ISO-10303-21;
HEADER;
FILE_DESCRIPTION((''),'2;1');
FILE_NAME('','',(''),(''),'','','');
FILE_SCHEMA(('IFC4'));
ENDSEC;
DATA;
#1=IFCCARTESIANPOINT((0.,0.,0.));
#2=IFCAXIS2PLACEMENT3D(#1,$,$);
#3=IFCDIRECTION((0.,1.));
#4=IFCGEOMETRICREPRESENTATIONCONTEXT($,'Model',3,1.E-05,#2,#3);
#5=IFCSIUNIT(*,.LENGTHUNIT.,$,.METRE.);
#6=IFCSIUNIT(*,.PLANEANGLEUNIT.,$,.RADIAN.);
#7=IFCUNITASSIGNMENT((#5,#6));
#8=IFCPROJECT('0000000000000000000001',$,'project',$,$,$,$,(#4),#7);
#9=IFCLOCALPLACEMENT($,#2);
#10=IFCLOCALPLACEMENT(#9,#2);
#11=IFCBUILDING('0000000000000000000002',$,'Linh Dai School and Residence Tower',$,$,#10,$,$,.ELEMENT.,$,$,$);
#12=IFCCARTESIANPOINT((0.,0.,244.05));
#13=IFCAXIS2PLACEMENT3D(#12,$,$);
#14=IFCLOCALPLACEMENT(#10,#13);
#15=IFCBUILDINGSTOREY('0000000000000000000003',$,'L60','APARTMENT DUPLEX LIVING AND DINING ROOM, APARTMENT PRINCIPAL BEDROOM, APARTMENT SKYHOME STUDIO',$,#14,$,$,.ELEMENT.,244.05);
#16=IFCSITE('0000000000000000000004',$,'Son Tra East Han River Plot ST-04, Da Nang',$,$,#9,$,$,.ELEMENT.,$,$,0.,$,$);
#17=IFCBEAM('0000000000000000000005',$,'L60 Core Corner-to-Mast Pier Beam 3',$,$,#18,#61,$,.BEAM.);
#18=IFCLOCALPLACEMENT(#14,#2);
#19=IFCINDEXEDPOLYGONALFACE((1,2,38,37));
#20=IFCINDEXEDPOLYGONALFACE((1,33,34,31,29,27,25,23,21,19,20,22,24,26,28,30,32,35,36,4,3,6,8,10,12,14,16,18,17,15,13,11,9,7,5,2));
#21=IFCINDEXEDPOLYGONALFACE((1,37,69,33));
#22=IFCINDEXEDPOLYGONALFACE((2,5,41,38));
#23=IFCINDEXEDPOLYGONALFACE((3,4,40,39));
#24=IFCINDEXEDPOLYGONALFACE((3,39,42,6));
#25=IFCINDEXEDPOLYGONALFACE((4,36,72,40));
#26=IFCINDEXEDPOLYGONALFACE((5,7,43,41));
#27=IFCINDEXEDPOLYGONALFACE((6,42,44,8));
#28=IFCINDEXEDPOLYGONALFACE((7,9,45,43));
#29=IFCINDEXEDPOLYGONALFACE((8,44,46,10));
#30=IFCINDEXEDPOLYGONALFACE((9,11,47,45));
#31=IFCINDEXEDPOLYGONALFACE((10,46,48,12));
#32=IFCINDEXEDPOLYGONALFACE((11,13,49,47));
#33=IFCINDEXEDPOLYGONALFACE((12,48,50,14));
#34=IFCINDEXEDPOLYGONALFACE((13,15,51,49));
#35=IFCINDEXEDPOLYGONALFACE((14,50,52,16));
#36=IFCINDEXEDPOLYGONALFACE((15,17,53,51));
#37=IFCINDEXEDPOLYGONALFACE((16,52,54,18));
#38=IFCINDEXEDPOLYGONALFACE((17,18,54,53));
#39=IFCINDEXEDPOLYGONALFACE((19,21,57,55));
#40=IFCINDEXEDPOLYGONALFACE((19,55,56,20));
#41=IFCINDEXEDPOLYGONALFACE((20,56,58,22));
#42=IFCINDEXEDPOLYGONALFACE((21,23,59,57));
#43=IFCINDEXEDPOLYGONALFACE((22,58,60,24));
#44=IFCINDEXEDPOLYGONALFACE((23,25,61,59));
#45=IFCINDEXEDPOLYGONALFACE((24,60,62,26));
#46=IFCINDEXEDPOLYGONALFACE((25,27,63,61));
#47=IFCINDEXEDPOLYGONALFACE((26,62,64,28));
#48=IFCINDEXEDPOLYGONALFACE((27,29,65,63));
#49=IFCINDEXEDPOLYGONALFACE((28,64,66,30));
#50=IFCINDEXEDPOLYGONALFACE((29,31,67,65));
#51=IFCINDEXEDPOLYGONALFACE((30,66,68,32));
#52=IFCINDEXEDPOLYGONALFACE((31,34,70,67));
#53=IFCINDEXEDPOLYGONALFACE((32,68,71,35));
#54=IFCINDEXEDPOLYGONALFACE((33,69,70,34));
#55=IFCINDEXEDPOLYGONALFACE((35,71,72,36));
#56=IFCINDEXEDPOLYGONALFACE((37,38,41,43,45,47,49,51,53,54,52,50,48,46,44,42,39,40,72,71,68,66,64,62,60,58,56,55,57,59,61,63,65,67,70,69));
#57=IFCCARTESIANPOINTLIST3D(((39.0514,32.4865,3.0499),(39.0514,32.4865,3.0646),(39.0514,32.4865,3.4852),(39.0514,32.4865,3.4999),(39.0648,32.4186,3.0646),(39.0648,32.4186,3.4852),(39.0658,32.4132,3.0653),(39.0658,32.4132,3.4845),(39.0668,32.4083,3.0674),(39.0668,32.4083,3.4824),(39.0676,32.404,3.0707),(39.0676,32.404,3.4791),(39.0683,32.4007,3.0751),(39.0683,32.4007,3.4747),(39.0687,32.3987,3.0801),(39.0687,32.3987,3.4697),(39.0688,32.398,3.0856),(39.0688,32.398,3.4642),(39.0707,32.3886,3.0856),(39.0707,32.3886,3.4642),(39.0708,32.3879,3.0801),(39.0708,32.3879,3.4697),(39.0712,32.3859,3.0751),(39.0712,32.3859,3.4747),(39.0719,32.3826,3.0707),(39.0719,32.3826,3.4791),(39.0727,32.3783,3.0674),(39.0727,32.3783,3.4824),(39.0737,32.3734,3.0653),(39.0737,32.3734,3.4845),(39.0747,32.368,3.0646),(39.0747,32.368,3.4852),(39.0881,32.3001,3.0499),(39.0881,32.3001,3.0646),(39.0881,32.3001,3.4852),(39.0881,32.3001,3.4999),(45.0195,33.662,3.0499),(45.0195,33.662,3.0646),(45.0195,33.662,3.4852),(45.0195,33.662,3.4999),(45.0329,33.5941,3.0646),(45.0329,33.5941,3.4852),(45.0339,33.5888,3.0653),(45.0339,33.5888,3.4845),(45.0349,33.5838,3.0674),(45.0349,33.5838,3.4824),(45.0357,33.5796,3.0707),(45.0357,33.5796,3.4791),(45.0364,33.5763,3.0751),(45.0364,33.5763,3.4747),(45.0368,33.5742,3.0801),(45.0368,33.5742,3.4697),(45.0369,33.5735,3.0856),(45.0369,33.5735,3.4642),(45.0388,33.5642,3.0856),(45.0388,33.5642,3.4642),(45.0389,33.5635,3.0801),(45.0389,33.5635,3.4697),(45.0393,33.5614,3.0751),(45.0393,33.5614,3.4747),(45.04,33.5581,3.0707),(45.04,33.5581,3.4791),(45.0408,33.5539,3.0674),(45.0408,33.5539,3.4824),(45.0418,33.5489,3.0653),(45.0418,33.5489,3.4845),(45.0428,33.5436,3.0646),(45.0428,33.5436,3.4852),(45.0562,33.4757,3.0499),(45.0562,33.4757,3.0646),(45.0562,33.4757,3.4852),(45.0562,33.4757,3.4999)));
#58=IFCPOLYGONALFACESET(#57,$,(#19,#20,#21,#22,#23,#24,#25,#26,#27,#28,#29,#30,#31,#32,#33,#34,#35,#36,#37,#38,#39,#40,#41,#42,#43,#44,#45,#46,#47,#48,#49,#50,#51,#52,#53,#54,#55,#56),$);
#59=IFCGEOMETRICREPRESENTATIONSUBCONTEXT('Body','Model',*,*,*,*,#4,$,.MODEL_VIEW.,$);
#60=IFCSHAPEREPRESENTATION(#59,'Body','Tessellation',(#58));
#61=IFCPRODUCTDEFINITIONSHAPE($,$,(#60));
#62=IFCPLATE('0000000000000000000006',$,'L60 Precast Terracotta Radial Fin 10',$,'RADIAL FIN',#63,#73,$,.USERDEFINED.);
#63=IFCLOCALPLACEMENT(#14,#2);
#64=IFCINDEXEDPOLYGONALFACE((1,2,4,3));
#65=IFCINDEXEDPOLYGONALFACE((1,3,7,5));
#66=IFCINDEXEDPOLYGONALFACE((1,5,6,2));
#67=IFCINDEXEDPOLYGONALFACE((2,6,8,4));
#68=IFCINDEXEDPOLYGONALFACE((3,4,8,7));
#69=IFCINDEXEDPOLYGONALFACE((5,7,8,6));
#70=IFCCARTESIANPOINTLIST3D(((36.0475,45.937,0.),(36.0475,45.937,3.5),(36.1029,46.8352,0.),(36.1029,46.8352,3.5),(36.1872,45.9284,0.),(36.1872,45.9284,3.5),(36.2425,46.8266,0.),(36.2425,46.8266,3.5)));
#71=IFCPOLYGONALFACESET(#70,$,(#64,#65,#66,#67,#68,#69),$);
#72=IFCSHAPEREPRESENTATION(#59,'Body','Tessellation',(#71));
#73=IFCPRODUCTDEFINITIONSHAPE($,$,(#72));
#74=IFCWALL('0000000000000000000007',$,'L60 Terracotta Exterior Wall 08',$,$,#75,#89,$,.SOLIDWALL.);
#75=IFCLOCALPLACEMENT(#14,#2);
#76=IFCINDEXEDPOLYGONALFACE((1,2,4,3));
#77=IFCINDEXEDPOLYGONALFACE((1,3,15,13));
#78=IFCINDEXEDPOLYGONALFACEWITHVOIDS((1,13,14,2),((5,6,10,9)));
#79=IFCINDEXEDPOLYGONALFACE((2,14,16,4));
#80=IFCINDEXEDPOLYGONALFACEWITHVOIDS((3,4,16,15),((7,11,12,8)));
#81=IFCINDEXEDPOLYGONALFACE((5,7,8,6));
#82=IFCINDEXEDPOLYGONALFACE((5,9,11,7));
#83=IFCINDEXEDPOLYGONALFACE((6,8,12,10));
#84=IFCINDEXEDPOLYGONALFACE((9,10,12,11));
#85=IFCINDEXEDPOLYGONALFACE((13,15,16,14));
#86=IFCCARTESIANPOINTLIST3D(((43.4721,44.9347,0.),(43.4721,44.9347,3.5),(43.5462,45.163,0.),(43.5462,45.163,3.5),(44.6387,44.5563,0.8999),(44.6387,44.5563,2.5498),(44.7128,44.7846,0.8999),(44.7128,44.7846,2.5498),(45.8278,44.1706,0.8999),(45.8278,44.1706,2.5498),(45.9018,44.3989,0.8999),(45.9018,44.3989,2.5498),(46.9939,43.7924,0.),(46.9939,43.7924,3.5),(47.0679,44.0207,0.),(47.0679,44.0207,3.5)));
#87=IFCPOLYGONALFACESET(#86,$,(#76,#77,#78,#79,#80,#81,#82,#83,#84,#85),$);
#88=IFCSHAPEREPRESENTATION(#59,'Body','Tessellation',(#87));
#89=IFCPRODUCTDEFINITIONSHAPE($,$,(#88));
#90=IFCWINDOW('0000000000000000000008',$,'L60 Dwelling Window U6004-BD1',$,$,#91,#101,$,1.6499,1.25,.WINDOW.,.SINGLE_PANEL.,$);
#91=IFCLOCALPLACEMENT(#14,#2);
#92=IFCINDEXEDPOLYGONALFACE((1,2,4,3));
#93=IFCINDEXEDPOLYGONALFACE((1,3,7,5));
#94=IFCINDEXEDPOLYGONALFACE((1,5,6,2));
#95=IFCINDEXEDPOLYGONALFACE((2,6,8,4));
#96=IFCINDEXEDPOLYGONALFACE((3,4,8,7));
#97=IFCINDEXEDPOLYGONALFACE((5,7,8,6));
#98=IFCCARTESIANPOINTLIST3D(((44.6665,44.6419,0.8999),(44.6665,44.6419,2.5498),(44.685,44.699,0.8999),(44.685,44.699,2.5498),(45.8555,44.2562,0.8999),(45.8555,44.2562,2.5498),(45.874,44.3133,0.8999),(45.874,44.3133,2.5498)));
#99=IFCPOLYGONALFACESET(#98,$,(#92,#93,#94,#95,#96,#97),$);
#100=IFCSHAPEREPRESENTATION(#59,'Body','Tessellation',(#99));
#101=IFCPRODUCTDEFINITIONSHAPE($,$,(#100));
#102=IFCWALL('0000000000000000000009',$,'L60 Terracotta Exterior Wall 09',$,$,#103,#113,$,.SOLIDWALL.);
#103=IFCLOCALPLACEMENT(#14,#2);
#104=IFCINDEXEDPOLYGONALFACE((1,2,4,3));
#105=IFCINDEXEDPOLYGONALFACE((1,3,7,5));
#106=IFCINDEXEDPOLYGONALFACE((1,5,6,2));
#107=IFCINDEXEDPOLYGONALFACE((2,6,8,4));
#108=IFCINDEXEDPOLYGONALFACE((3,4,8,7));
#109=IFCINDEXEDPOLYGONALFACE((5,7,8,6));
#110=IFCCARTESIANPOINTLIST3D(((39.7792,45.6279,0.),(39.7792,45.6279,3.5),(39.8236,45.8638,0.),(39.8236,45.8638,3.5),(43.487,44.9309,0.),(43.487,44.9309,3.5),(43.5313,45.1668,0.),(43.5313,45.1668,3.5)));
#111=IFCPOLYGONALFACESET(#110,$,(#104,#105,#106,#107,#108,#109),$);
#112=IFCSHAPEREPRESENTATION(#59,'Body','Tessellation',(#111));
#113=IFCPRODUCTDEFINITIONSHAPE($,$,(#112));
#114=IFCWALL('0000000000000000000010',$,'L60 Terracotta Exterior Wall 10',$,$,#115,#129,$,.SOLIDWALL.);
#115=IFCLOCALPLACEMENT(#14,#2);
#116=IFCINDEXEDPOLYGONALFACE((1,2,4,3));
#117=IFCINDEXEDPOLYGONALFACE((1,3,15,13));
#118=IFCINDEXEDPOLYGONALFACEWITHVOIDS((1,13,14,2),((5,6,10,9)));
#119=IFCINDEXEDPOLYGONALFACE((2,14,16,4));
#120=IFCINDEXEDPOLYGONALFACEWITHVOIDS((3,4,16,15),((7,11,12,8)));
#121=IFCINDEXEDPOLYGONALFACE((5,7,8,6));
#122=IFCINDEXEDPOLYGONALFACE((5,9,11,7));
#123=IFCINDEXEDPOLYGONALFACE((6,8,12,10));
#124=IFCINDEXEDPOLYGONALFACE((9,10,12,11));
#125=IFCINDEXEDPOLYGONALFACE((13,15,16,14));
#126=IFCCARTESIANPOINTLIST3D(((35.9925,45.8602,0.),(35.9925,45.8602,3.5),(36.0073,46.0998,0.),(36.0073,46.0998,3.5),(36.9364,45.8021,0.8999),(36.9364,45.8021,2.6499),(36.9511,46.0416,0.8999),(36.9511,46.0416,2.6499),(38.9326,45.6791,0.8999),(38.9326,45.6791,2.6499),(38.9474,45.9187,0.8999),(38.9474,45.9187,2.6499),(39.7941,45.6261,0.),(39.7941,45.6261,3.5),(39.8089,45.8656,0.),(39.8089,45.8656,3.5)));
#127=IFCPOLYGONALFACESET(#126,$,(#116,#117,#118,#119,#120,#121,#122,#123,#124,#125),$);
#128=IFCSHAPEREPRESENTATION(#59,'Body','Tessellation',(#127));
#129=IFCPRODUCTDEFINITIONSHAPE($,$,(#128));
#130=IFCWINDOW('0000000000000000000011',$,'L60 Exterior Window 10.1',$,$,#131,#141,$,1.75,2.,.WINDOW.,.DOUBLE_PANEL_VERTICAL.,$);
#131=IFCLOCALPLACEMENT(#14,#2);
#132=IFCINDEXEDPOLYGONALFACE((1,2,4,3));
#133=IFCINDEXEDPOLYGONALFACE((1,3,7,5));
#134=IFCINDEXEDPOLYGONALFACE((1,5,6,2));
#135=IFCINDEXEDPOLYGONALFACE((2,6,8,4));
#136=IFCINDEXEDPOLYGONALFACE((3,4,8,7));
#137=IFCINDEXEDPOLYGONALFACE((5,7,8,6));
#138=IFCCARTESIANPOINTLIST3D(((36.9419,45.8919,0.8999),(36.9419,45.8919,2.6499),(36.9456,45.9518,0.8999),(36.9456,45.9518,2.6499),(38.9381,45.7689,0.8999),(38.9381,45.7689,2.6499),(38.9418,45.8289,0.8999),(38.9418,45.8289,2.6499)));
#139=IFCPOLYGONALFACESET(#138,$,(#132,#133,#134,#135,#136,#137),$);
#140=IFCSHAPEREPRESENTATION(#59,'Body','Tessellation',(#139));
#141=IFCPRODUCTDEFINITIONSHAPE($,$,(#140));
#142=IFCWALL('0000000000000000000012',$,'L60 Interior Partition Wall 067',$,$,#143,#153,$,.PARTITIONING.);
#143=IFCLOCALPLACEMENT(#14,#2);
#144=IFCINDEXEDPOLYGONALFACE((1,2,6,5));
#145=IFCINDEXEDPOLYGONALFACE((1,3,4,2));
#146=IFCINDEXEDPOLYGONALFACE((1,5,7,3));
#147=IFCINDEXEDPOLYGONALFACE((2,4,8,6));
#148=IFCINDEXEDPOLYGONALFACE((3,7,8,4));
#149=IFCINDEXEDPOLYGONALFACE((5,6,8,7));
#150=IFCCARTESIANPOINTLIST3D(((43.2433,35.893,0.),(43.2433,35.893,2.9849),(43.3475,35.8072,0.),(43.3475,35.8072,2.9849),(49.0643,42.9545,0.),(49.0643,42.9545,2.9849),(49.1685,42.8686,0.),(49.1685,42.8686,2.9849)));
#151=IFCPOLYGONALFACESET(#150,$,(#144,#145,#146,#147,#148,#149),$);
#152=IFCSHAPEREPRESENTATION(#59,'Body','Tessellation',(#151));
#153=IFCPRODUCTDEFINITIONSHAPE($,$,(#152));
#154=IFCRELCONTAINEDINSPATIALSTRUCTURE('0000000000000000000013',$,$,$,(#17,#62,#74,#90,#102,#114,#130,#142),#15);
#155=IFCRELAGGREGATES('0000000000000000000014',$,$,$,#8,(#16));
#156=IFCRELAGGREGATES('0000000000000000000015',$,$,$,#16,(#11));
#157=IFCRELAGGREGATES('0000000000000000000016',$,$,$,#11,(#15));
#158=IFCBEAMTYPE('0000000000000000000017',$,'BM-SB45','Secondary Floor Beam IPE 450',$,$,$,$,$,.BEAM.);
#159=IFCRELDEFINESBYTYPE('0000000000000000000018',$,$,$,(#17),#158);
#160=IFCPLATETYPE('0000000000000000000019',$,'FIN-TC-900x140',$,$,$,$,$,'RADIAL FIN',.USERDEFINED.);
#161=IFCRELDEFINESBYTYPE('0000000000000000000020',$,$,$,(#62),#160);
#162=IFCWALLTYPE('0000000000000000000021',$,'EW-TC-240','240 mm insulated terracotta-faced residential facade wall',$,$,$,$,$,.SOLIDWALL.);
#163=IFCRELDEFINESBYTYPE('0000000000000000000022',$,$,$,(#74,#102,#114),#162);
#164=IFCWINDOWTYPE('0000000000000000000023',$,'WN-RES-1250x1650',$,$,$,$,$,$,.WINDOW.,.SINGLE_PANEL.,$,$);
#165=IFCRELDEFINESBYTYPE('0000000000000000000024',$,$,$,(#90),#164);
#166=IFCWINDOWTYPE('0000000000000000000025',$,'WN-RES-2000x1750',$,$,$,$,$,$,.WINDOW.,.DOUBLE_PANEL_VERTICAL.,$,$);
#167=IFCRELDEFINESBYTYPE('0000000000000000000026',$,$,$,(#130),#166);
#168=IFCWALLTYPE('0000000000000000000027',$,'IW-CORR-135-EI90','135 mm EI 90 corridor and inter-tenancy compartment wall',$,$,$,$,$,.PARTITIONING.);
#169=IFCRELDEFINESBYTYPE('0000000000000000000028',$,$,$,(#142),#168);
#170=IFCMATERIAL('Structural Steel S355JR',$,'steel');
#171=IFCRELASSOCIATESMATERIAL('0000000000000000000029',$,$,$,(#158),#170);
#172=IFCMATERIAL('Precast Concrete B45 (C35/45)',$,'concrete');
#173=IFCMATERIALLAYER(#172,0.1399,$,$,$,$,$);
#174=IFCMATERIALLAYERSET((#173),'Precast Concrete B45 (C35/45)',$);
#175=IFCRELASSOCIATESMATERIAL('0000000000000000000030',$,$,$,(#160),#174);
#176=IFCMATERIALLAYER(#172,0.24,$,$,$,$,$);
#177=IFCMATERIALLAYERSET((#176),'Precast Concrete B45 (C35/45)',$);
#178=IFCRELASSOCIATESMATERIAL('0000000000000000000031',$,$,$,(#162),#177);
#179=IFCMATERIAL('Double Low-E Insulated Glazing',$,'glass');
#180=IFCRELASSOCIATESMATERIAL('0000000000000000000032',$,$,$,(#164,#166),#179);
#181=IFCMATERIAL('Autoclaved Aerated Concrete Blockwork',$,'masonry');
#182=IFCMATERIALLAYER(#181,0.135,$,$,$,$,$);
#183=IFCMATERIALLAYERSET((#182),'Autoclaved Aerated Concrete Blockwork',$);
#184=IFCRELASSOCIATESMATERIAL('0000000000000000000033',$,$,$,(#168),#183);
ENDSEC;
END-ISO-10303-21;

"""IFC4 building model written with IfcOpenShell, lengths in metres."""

from ifc_helpers import new_model, si_unit, direction, frame, frame_2d, origin, origin_2d, place, context, subcontext, project, spatial, rectangle, i_section, extrude, source, transform, mapped, material, layer, layer_set, material_profile, profile_set, type_object, element, fill, save


model = new_model("IFC4")

# Units and contexts
model_context = context("Model", 3, precision=1e-05, world=origin(), true_north=direction((0.0, 1.0)))
body_context = subcontext(model_context, "Body", "Model", "MODEL_VIEW")
ifc_project = project(units=[si_unit("LENGTHUNIT", "METRE"), si_unit("PLANEANGLEUNIT", "RADIAN")], contexts=[model_context])

# Site, building, storey
site_placement = place(None, origin())
site = spatial("IfcSite", under=ifc_project, at=site_placement, Name="Son Tra East Han River Plot ST-04, Da Nang", CompositionType="ELEMENT", RefElevation=0.0)
building_placement = place(site_placement, origin())
building = spatial("IfcBuilding", under=site, at=building_placement, Name="Linh Dai School and Residence Tower", CompositionType="ELEMENT")
storey_placement = place(building_placement, frame((0.0, 0.0, 244.05)))
storey = spatial("IfcBuildingStorey", under=building, at=storey_placement, Name="L60", Description="APARTMENT DUPLEX LIVING AND DINING ROOM, APARTMENT PRINCIPAL BEDROOM, APARTMENT SKYHOME STUDIO", CompositionType="ELEMENT", Elevation=244.05)

# Shared definitions
ifc_material_1 = material(Name="Structural Steel S355JR", Category="steel")

# Beam
ifc_material_profile_1 = material_profile(ifc_material_1, i_section(OverallWidth=0.1899, OverallDepth=0.45, WebThickness=0.0095, FlangeThickness=0.0146, FilletRadius=0.021, at=origin_2d()), Name="IPE 450")
ifc_profile_set_1 = profile_set([ifc_material_profile_1], Name="Structural Steel S355JR")
beam_type_1 = type_object("IfcBeamType", Name="BM-SB45", Description="Secondary Floor Beam IPE 450", PredefinedType="BEAM", material=ifc_profile_set_1)
beam_1_placement = place(storey_placement, frame((45.0378, 33.5688, 3.2749), z_axis=(-0.981148, -0.193259, 0.0), x_axis=(0.193259, -0.981148, 0.0)))
element("IfcBeam", 1, at=beam_1_placement, inside=storey, type_object=beam_type_1, Name="L60 Core Corner-to-Mast Pier Beam 3", PredefinedType="BEAM", context=body_context, shape_type="SweptSolid", body=[
    extrude(i_section(OverallWidth=0.1899, OverallDepth=0.45, WebThickness=0.0095, FlangeThickness=0.0146, FilletRadius=0.021, at=origin_2d()), origin(), (0.0, 0.0, 1.0), 6.0828),
])

# Plate
ifc_material_2 = material(Name="Precast Concrete B45 (C35/45)", Category="concrete")
ifc_layer_1 = layer(ifc_material_2, 0.1399)
ifc_layer_set_1 = layer_set([ifc_layer_1], Name="Precast Concrete B45 (C35/45)")
plate_type = type_object("IfcPlateType", Name="FIN-TC-900x140", ElementType="RADIAL FIN", PredefinedType="USERDEFINED", material=ifc_layer_set_1)
shared_shape_1 = source(origin(), body_context, "Body", "SweptSolid", [
    extrude(rectangle(XDim=0.8999, YDim=0.1399, at=origin_2d()), origin(), (0.0, 0.0, 1.0), 3.5),
])
plate_placement = place(storey_placement, frame((36.145, 46.3818, 0.0), z_axis=(0.0, 0.0, 1.0), x_axis=(0.061504, 0.998107, 0.0)))
element("IfcPlate", 2, at=plate_placement, inside=storey, type_object=plate_type, Name="L60 Precast Terracotta Radial Fin 10", ObjectType="RADIAL FIN", PredefinedType="USERDEFINED", context=body_context, shape_type="MappedRepresentation", body=[
    mapped(shared_shape_1, transform((0.0, 0.0, 0.0), x_axis=(1.0, 0.0, 0.0), y_axis=(0.0, 1.0, 0.0), z_axis=(0.0, 0.0, 1.0), scale=1.0)),
])

# Wall, opening, window
ifc_layer_2 = layer(ifc_material_2, 0.24)
ifc_layer_set_2 = layer_set([ifc_layer_2], Name="Precast Concrete B45 (C35/45)")
wall_type_1 = type_object("IfcWallType", Name="EW-TC-240", Description="240 mm insulated terracotta-faced residential facade wall", PredefinedType="SOLIDWALL", material=ifc_layer_set_2)
wall_1_placement = place(storey_placement, frame((43.5093, 45.0488, 0.0), z_axis=(0.0, 0.0, 1.0), x_axis=(0.951211, -0.308542, 0.0)))
wall_1 = element("IfcWall", 3, at=wall_1_placement, inside=storey, type_object=wall_type_1, Name="L60 Terracotta Exterior Wall 08", PredefinedType="SOLIDWALL", context=body_context, shape_type="SweptSolid", body=[
    extrude(rectangle(XDim=3.7024, YDim=0.24, at=frame_2d((1.8511, 0.0))), origin(), (0.0, 0.0, 1.0), 3.5),
])
opening_1_placement = place(wall_1_placement, frame((1.2263, 0.0, 0.8999)))
opening_1 = element("IfcOpeningElement", 4, at=opening_1_placement, cuts=wall_1, PredefinedType="OPENING", context=body_context, shape_type="SweptSolid", body=[
    extrude(rectangle(XDim=1.25, YDim=1.6499, at=origin_2d()), frame((0.625, 0.1299, 0.825), z_axis=(0.0, -1.0, 0.0), x_axis=(1.0, 0.0, 0.0)), (0.0, 0.0, 1.0), 0.26),
])
ifc_material_3 = material(Name="Double Low-E Insulated Glazing", Category="glass")
window_type_1 = type_object("IfcWindowType", Name="WN-RES-1250x1650", PartitioningType="SINGLE_PANEL", PredefinedType="WINDOW", material=ifc_material_3)
shared_shape_2 = source(origin(), body_context, "Body", "SweptSolid", [
    extrude(rectangle(XDim=1.25, YDim=1.6499, at=origin_2d()), frame((0.625, 0.03, 0.825), z_axis=(0.0, -1.0, 0.0), x_axis=(1.0, 0.0, 0.0)), (0.0, 0.0, 1.0), 0.0601),
])
window_1_placement = place(opening_1_placement, origin())
window_1 = element("IfcWindow", 5, at=window_1_placement, inside=storey, type_object=window_type_1, Name="L60 Dwelling Window U6004-BD1", OverallHeight=1.6499, OverallWidth=1.25, PartitioningType="SINGLE_PANEL", PredefinedType="WINDOW", context=body_context, shape_type="MappedRepresentation", body=[
    mapped(shared_shape_2, transform((0.0, 0.0, 0.0), x_axis=(1.0, 0.0, 0.0), y_axis=(0.0, 1.0, 0.0), z_axis=(0.0, 0.0, 1.0), scale=1.0)),
])
fill(opening_1, window_1)

# Wall
wall_2_placement = place(storey_placement, frame((39.8015, 45.7458, 0.0), z_axis=(0.0, 0.0, 1.0), x_axis=(0.982785, -0.184753, 0.0)))
element("IfcWall", 6, at=wall_2_placement, inside=storey, type_object=wall_type_1, Name="L60 Terracotta Exterior Wall 09", PredefinedType="SOLIDWALL", context=body_context, shape_type="SweptSolid", body=[
    extrude(rectangle(XDim=3.7727, YDim=0.24, at=frame_2d((1.8862, 0.0))), origin(), (0.0, 0.0, 1.0), 3.5),
])

# Wall, opening, window
wall_3_placement = place(storey_placement, frame((36.0, 45.98, 0.0), z_axis=(0.0, 0.0, 1.0), x_axis=(0.998109, -0.061472, 0.0)))
wall_3 = element("IfcWall", 7, at=wall_3_placement, inside=storey, type_object=wall_type_1, Name="L60 Terracotta Exterior Wall 10", PredefinedType="SOLIDWALL", context=body_context, shape_type="SweptSolid", body=[
    extrude(rectangle(XDim=3.8088, YDim=0.24, at=frame_2d((1.9043, 0.0))), origin(), (0.0, 0.0, 1.0), 3.5),
])
opening_2_placement = place(wall_3_placement, frame((0.9456, 0.0, 0.8999)))
opening_2 = element("IfcOpeningElement", 8, at=opening_2_placement, cuts=wall_3, PredefinedType="OPENING", context=body_context, shape_type="SweptSolid", body=[
    extrude(rectangle(XDim=2.0, YDim=1.75, at=origin_2d()), frame((1.0, 0.1299, 0.875), z_axis=(0.0, -1.0, 0.0), x_axis=(1.0, 0.0, 0.0)), (0.0, 0.0, 1.0), 0.26),
])
window_type_2 = type_object("IfcWindowType", Name="WN-RES-2000x1750", PartitioningType="DOUBLE_PANEL_VERTICAL", PredefinedType="WINDOW", material=ifc_material_3)
shared_shape_3 = source(origin(), body_context, "Body", "SweptSolid", [
    extrude(rectangle(XDim=2.0, YDim=1.75, at=origin_2d()), frame((1.0, 0.03, 0.875), z_axis=(0.0, -1.0, 0.0), x_axis=(1.0, 0.0, 0.0)), (0.0, 0.0, 1.0), 0.0601),
])
window_2_placement = place(opening_2_placement, origin())
window_2 = element("IfcWindow", 9, at=window_2_placement, inside=storey, type_object=window_type_2, Name="L60 Exterior Window 10.1", OverallHeight=1.75, OverallWidth=2.0, PartitioningType="DOUBLE_PANEL_VERTICAL", PredefinedType="WINDOW", context=body_context, shape_type="MappedRepresentation", body=[
    mapped(shared_shape_3, transform((0.0, 0.0, 0.0), x_axis=(1.0, 0.0, 0.0), y_axis=(0.0, 1.0, 0.0), z_axis=(0.0, 0.0, 1.0), scale=1.0)),
])
fill(opening_2, window_2)

# Wall
ifc_material_4 = material(Name="Autoclaved Aerated Concrete Blockwork", Category="masonry")
ifc_layer_3 = layer(ifc_material_4, 0.135)
ifc_layer_set_3 = layer_set([ifc_layer_3], Name="Autoclaved Aerated Concrete Blockwork")
wall_type_2 = type_object("IfcWallType", Name="IW-CORR-135-EI90", Description="135 mm EI 90 corridor and inter-tenancy compartment wall", PredefinedType="PARTITIONING", material=ifc_layer_set_3)
wall_4_placement = place(storey_placement, frame((43.2954, 35.8501, 0.0), z_axis=(0.0, 0.0, 1.0), x_axis=(0.636077, 0.771626, 0.0)))
element("IfcWall", 10, at=wall_4_placement, inside=storey, type_object=wall_type_2, Name="L60 Interior Partition Wall 067", PredefinedType="PARTITIONING", context=body_context, shape_type="SweptSolid", body=[
    extrude(rectangle(XDim=9.1514, YDim=0.135, at=frame_2d((4.5757, 0.0))), origin(), (0.0, 0.0, 1.0), 2.9849),
])

save(model, "model.ifc")
